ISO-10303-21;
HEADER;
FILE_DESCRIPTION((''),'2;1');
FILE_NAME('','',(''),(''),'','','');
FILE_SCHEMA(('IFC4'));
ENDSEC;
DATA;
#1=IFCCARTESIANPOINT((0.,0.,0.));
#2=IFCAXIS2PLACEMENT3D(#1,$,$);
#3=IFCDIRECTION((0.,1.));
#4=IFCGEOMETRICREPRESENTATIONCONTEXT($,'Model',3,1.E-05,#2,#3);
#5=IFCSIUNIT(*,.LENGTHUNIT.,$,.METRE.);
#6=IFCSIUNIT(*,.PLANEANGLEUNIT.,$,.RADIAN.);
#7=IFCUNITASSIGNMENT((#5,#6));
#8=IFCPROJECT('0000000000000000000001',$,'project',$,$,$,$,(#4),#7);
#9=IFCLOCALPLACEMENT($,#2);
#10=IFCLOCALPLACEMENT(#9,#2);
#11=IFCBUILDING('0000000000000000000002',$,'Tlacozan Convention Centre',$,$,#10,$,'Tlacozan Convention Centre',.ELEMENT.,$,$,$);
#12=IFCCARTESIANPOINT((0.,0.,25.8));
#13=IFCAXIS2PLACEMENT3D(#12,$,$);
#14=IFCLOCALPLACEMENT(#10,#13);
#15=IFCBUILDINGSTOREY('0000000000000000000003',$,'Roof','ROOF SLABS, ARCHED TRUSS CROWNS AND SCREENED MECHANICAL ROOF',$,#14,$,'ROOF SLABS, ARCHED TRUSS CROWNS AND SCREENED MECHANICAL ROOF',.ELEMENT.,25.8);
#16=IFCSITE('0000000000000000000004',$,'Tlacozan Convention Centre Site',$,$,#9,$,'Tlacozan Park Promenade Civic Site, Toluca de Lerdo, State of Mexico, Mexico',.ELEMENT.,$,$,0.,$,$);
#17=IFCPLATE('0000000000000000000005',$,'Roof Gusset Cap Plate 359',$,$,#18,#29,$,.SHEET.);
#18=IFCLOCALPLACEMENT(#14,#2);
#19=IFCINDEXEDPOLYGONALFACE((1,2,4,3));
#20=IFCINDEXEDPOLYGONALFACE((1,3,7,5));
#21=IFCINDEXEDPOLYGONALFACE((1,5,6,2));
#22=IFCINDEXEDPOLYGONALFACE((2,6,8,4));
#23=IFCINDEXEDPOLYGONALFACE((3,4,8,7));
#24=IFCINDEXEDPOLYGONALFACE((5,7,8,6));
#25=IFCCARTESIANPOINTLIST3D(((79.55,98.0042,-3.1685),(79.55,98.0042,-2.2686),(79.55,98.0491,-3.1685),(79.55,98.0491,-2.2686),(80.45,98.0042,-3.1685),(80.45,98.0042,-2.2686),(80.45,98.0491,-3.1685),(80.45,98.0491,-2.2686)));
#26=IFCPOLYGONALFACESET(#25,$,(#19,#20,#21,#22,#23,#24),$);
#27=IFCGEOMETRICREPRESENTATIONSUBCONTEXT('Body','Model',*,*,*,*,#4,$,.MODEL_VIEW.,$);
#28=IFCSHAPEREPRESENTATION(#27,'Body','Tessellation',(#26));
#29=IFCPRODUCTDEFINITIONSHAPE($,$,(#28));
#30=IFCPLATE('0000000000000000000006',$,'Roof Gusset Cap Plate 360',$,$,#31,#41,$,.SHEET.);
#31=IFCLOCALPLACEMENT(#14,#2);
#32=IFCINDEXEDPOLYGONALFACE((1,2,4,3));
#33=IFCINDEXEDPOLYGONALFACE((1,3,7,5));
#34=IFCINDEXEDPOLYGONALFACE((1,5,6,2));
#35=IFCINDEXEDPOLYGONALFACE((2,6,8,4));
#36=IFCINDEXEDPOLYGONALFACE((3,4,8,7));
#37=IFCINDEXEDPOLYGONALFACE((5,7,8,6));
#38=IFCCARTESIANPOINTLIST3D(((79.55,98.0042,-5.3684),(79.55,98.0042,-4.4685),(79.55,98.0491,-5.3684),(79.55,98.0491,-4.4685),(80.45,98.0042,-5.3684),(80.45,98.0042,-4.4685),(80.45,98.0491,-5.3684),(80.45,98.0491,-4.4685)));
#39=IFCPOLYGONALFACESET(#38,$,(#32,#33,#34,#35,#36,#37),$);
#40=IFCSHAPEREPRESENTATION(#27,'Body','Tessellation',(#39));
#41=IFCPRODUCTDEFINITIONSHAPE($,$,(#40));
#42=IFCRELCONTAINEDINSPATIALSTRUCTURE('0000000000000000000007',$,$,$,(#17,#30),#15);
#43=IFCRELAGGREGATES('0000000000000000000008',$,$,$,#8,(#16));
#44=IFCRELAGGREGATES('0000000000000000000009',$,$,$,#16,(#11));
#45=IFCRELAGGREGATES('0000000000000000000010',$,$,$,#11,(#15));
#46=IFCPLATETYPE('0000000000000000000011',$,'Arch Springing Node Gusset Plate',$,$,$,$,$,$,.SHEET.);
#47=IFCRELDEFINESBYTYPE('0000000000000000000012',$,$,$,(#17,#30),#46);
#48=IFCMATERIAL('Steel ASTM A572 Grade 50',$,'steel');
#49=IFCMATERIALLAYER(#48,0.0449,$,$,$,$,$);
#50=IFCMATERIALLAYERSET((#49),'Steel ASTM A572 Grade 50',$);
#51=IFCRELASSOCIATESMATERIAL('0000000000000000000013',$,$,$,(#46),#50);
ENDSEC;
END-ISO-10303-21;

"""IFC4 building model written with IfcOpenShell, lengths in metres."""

from ifc_helpers import new_model, si_unit, direction, frame, origin, origin_2d, place, context, subcontext, project, spatial, rectangle, extrude, material, layer, layer_set, type_object, element, save


model = new_model("IFC4")

# Units and contexts
model_context = context("Model", 3, precision=1e-05, world=origin(), true_north=direction((0.0, 1.0)))
body_context = subcontext(model_context, "Body", "Model", "MODEL_VIEW")
ifc_project = project(units=[si_unit("LENGTHUNIT", "METRE"), si_unit("PLANEANGLEUNIT", "RADIAN")], contexts=[model_context])

# Site, building, storey
site_placement = place(None, origin())
site = spatial("IfcSite", under=ifc_project, at=site_placement, Name="Tlacozan Convention Centre Site", LongName="Tlacozan Park Promenade Civic Site, Toluca de Lerdo, State of Mexico, Mexico", CompositionType="ELEMENT", RefElevation=0.0)
building_placement = place(site_placement, origin())
building = spatial("IfcBuilding", under=site, at=building_placement, Name="Tlacozan Convention Centre", LongName="Tlacozan Convention Centre", CompositionType="ELEMENT")
storey_placement = place(building_placement, frame((0.0, 0.0, 25.8)))
storey = spatial("IfcBuildingStorey", under=building, at=storey_placement, Name="Roof", Description="ROOF SLABS, ARCHED TRUSS CROWNS AND SCREENED MECHANICAL ROOF", LongName="ROOF SLABS, ARCHED TRUSS CROWNS AND SCREENED MECHANICAL ROOF", CompositionType="ELEMENT", Elevation=25.8)

# Plates
ifc_material_1 = material(Name="Steel ASTM A572 Grade 50", Category="steel")
ifc_layer = layer(ifc_material_1, 0.0449)
ifc_layer_set = layer_set([ifc_layer], Name="Steel ASTM A572 Grade 50")
plate_type = type_object("IfcPlateType", Name="Arch Springing Node Gusset Plate", PredefinedType="SHEET", material=ifc_layer_set)
for number, where, z_axis, x_axis, name in (
    (1, (80.0, 98.0266, -3.1685), (0.0, 0.0, 1.0), (0.0, 1.0, 0.0), "Roof Gusset Cap Plate 359"),
    (2, (80.0, 98.0266, -5.3684), (0.0, 0.0, 1.0), (0.0, 1.0, 0.0), "Roof Gusset Cap Plate 360"),
):
    element("IfcPlate", number, at=place(storey_placement, frame(where, z_axis=z_axis, x_axis=x_axis)), inside=storey, type_object=plate_type, Name=name, PredefinedType="SHEET", context=body_context, shape_type="SweptSolid", body=[
        extrude(rectangle(XDim=0.0449, YDim=0.8999, at=origin_2d()), origin(), (0.0, 0.0, 1.0), 0.8999),
    ])

save(model, "model.ifc")
